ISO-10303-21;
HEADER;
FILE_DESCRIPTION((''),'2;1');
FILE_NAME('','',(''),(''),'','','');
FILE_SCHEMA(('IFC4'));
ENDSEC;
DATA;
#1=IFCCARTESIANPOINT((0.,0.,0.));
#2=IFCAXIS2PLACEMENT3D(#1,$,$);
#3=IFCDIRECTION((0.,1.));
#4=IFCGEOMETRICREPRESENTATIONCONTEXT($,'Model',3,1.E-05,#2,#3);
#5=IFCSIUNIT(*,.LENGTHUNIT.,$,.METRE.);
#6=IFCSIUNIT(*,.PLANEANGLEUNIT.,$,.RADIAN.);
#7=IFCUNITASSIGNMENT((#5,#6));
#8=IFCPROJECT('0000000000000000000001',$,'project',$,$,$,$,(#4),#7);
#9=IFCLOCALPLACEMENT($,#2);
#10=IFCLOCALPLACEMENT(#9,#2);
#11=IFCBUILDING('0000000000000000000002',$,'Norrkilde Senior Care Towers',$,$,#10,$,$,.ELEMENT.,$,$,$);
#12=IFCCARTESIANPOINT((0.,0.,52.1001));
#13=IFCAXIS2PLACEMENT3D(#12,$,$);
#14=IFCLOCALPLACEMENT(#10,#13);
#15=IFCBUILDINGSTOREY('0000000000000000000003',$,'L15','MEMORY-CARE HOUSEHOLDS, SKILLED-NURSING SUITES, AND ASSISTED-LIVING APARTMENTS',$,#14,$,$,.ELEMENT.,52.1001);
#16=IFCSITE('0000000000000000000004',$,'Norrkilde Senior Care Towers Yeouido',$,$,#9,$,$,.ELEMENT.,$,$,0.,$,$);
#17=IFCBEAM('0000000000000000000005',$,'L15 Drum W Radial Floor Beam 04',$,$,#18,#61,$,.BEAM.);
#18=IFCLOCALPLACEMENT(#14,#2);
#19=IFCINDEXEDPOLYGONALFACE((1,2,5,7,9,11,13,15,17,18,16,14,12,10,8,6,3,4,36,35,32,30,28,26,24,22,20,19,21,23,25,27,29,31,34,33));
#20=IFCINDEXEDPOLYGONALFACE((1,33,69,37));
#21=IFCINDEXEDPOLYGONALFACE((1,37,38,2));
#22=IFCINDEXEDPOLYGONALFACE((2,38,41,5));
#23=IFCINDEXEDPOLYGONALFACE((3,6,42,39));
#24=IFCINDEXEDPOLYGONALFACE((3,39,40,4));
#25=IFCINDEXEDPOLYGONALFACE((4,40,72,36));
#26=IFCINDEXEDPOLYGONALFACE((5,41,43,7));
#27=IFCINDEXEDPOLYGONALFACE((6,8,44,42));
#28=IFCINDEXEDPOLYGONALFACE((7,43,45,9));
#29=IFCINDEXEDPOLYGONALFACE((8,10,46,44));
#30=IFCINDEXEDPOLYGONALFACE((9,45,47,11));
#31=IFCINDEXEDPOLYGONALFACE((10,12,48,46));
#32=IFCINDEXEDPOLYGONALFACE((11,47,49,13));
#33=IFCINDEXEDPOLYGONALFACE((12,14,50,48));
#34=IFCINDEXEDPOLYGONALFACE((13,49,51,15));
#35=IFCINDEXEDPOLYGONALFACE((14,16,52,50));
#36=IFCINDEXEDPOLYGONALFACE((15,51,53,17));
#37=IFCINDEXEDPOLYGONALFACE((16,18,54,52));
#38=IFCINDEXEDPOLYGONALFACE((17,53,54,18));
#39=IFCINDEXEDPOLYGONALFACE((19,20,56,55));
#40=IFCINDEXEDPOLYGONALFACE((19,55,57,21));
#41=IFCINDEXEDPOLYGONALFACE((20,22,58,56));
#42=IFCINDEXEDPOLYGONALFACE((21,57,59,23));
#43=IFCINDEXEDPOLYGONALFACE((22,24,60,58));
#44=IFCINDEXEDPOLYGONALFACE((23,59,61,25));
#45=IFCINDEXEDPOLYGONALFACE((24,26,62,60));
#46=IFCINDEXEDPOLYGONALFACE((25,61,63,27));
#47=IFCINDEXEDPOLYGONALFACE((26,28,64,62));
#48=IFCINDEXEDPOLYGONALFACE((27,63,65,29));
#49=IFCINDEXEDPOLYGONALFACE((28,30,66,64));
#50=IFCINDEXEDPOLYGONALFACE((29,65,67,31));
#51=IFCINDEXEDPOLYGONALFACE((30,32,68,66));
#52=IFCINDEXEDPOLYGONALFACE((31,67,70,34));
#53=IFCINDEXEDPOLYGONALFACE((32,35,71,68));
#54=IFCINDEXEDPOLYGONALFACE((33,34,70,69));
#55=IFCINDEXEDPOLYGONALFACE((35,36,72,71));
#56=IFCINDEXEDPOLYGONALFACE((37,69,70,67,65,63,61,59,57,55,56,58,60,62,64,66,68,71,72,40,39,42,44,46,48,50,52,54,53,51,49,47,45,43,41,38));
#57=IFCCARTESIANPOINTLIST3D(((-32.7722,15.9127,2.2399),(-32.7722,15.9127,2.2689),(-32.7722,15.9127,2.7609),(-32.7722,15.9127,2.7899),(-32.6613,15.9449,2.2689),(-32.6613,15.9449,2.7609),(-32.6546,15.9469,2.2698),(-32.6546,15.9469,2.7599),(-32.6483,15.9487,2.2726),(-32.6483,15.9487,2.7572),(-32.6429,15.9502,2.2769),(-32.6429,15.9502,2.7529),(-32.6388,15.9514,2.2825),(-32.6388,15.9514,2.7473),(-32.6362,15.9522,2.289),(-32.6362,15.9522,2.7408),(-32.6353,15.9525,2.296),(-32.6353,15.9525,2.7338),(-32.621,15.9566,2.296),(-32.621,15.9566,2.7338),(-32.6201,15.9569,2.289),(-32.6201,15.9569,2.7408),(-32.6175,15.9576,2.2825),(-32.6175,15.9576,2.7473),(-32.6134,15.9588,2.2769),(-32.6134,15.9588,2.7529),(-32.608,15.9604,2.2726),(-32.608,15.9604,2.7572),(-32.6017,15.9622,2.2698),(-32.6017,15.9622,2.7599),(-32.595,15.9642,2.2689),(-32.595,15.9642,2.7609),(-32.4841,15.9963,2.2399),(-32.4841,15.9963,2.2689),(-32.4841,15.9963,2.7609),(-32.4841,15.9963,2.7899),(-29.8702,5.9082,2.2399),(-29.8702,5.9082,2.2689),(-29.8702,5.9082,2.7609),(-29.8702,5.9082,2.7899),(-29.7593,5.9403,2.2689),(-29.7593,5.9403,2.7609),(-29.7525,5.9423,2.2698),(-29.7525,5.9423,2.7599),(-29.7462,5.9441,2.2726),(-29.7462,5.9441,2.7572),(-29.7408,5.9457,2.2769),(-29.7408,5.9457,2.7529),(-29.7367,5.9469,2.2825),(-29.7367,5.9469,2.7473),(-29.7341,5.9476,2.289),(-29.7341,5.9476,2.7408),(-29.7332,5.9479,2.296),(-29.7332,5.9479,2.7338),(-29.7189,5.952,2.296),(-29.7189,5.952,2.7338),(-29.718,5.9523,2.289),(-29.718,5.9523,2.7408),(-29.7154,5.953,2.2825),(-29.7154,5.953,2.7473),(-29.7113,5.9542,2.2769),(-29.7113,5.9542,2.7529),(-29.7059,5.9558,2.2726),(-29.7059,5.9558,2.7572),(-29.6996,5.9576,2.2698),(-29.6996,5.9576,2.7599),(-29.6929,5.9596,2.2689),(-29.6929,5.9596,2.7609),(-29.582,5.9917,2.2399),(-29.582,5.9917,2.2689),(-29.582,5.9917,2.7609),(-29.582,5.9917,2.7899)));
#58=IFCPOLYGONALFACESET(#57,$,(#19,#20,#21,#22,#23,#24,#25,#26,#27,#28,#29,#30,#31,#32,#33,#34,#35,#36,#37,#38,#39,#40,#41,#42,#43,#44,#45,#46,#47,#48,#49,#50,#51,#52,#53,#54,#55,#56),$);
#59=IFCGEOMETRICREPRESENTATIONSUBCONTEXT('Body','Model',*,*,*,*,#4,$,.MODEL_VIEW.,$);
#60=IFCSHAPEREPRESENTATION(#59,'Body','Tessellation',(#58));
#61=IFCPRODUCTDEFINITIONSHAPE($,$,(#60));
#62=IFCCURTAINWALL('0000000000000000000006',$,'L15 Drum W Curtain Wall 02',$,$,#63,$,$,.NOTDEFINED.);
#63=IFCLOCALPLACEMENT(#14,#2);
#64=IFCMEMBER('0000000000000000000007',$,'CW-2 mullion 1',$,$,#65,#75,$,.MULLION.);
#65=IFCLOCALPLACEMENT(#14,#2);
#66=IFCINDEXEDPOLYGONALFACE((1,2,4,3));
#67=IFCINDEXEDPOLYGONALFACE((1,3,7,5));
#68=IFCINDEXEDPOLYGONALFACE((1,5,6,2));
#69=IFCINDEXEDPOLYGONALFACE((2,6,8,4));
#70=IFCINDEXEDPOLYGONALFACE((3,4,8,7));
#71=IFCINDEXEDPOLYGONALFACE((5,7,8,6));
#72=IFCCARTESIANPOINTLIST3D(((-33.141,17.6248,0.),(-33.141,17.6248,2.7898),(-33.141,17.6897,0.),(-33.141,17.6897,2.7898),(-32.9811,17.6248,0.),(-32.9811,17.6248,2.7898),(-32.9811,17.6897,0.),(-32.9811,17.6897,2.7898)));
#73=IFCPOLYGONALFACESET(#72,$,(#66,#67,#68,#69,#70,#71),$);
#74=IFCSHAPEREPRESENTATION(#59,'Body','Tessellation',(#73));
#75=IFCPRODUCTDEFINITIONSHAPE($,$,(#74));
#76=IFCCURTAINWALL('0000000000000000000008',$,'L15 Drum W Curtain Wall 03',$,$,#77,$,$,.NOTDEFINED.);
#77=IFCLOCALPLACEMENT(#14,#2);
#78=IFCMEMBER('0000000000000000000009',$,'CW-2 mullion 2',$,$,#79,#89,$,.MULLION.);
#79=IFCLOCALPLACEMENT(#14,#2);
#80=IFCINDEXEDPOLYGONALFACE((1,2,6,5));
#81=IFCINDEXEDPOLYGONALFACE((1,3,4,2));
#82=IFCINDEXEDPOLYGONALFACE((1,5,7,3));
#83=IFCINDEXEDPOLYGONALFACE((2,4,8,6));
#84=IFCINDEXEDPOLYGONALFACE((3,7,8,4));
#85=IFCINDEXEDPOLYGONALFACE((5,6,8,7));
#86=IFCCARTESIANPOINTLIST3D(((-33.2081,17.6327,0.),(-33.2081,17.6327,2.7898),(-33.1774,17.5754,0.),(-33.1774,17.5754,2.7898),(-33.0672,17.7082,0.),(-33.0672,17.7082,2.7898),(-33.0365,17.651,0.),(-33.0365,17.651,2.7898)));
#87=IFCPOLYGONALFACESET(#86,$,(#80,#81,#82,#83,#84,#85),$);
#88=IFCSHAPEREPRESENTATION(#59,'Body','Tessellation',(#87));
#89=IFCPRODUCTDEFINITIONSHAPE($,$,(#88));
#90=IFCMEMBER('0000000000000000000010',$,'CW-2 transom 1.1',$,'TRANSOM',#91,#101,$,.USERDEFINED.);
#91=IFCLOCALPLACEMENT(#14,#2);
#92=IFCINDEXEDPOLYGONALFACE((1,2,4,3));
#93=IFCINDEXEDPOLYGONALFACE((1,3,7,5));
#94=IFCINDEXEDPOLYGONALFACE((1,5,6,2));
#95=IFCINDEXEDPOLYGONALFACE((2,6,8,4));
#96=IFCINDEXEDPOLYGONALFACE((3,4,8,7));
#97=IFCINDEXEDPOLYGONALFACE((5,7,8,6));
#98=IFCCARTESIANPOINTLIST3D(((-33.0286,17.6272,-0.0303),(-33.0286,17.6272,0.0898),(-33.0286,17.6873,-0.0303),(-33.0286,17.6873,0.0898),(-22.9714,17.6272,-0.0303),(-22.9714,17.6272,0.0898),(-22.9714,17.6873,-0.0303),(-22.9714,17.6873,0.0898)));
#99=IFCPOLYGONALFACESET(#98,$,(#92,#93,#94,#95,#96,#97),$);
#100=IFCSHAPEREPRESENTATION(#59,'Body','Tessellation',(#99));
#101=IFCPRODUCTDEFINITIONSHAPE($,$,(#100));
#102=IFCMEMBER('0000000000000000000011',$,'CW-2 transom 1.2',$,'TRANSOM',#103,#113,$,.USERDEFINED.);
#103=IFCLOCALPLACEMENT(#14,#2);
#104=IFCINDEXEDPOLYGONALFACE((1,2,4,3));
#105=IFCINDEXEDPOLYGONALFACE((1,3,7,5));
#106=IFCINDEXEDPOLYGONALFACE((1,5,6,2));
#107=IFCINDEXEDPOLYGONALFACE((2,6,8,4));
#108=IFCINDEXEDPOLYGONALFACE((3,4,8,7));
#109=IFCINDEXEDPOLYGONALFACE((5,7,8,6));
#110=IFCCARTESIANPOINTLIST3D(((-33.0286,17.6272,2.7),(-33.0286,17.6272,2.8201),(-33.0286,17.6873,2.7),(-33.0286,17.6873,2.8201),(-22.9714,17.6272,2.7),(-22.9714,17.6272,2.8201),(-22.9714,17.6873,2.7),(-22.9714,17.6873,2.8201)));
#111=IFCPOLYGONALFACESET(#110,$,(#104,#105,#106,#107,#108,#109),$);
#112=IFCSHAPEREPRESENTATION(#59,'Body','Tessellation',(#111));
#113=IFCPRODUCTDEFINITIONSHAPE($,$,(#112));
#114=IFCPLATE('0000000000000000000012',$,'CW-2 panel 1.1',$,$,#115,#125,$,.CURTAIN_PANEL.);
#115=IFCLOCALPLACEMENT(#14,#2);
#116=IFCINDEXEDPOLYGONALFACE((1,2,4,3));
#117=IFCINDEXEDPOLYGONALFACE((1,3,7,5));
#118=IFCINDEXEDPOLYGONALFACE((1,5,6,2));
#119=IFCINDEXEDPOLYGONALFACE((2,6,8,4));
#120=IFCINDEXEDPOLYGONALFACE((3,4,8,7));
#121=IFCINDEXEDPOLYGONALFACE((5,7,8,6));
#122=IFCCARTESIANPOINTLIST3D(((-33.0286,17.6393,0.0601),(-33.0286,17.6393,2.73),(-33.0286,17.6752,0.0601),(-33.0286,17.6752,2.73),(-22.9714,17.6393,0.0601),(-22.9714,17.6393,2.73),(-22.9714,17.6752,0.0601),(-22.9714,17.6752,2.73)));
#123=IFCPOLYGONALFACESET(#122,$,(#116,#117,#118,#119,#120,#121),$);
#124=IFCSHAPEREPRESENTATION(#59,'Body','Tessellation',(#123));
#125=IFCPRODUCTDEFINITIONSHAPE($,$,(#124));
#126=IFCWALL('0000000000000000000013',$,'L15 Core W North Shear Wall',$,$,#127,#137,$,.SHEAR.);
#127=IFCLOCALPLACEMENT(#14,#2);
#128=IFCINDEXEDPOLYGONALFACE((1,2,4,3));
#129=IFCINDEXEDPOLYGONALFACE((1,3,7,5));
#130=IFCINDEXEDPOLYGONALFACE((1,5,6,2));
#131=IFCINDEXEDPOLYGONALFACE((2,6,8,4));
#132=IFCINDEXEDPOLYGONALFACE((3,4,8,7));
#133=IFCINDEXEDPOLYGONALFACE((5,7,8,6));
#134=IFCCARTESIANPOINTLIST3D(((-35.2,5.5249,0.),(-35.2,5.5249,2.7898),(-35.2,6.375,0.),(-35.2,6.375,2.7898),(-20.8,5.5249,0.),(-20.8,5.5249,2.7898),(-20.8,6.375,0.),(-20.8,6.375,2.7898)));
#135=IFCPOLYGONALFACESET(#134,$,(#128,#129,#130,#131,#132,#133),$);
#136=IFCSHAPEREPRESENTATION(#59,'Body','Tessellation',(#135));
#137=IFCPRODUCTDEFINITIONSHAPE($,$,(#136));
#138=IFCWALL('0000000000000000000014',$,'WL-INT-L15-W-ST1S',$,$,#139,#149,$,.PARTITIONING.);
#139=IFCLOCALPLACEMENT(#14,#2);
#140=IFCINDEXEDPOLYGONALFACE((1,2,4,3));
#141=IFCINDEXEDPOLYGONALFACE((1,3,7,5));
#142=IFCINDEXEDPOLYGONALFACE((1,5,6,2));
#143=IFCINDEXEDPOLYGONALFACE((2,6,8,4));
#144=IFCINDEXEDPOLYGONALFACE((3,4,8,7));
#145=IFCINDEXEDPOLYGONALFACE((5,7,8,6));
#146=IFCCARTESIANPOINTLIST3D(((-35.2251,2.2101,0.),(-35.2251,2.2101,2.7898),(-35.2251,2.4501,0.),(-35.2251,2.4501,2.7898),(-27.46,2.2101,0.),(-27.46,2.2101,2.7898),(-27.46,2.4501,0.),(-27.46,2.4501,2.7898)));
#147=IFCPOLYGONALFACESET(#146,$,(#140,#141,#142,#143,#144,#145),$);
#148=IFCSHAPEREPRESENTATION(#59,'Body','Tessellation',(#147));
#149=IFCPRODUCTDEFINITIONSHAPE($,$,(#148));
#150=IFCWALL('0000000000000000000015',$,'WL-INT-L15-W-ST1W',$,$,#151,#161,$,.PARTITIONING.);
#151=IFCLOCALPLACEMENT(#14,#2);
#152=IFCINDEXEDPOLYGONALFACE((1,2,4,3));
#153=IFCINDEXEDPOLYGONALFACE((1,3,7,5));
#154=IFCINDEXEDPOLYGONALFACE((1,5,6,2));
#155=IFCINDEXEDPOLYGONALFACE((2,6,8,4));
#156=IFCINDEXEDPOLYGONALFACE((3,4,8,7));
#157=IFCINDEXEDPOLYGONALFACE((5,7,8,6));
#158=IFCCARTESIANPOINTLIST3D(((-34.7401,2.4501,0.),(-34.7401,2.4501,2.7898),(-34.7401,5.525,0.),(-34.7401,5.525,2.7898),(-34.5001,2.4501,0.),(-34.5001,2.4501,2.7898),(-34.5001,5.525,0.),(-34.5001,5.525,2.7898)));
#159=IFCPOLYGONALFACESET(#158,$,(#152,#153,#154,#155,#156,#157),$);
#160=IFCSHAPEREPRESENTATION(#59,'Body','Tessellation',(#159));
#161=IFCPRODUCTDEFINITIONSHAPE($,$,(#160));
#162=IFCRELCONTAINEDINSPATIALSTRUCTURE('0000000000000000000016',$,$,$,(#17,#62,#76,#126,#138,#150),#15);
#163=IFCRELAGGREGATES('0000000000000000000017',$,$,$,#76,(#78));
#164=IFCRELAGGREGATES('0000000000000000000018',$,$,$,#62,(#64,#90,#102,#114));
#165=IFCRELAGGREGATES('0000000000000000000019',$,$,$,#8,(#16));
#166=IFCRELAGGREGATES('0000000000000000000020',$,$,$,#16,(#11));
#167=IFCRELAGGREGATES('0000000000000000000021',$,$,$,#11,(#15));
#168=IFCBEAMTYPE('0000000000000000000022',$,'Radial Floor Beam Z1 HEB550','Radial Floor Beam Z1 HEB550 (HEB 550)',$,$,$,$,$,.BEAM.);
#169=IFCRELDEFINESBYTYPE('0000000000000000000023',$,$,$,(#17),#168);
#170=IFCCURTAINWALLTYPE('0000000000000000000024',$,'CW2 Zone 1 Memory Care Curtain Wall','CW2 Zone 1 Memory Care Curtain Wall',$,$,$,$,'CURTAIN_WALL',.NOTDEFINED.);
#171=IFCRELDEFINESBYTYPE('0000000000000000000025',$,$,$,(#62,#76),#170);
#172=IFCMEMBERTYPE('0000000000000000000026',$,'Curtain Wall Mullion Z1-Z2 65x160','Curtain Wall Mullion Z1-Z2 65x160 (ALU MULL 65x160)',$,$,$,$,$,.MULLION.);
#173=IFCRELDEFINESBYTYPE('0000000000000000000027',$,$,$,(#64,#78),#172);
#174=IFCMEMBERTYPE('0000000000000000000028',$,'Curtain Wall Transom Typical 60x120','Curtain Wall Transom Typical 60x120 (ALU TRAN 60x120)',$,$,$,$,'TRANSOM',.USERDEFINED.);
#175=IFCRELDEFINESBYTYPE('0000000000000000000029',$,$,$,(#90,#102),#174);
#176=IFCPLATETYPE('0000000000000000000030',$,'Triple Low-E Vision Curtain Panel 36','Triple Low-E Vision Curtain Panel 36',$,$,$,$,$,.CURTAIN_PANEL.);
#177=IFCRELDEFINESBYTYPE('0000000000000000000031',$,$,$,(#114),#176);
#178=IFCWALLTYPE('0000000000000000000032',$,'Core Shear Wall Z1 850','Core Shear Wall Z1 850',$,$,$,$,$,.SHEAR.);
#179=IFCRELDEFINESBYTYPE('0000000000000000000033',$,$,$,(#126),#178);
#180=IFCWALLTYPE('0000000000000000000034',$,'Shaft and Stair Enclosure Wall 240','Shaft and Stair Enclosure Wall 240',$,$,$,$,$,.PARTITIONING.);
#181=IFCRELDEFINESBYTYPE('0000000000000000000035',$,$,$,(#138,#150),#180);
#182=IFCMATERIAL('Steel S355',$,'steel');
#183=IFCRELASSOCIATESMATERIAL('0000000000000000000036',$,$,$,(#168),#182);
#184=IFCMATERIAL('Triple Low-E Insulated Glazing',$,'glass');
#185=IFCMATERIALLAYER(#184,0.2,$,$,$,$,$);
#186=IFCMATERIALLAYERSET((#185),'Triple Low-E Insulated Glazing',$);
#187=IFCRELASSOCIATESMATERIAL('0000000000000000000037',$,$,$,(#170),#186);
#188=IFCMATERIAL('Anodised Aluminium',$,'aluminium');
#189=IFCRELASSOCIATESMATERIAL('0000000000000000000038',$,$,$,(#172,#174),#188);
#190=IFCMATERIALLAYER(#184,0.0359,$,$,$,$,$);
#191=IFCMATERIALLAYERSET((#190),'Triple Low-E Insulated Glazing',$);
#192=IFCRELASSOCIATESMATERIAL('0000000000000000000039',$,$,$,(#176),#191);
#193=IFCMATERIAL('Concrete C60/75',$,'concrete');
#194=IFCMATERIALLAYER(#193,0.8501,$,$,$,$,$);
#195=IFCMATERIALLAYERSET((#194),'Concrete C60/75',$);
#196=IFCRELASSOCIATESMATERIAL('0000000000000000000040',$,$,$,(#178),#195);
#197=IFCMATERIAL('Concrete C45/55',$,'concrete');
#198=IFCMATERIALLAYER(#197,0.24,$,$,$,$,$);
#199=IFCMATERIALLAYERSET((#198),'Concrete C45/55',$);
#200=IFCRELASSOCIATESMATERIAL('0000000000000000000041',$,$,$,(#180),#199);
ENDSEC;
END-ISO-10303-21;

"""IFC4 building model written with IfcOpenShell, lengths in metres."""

from ifc_helpers import new_model, si_unit, direction, frame, frame_2d, origin, origin_2d, place, context, subcontext, project, spatial, rectangle, i_section, extrude, source, transform, mapped, material, layer, layer_set, material_profile, profile_set, type_object, type_shapes, element, aggregate, save


model = new_model("IFC4")

# Units and contexts
model_context = context("Model", 3, precision=1e-05, world=origin(), true_north=direction((0.0, 1.0)))
body_context = subcontext(model_context, "Body", "Model", "MODEL_VIEW")
ifc_project = project(units=[si_unit("LENGTHUNIT", "METRE"), si_unit("PLANEANGLEUNIT", "RADIAN")], contexts=[model_context])

# Site, building, storey
site_placement = place(None, origin())
site = spatial("IfcSite", under=ifc_project, at=site_placement, Name="Norrkilde Senior Care Towers Yeouido", CompositionType="ELEMENT", RefElevation=0.0)
building_placement = place(site_placement, origin())
building = spatial("IfcBuilding", under=site, at=building_placement, Name="Norrkilde Senior Care Towers", CompositionType="ELEMENT")
storey_placement = place(building_placement, frame((0.0, 0.0, 52.1001)))
storey = spatial("IfcBuildingStorey", under=building, at=storey_placement, Name="L15", Description="MEMORY-CARE HOUSEHOLDS, SKILLED-NURSING SUITES, AND ASSISTED-LIVING APARTMENTS", CompositionType="ELEMENT", Elevation=52.1001)

# Shared definitions
ifc_material_1 = material(Name="Concrete C60/75", Category="concrete")

# Beam
ifc_material_2 = material(Name="Steel S355", Category="steel")
ifc_material_profile_1 = material_profile(ifc_material_2, i_section(OverallWidth=0.3, OverallDepth=0.55, WebThickness=0.0149, FlangeThickness=0.0291, FilletRadius=0.0271, at=origin_2d()), Name="HEB 550")
ifc_profile_set_1 = profile_set([ifc_material_profile_1], Name="Steel S355")
beam_type_1 = type_object("IfcBeamType", Name="Radial Floor Beam Z1 HEB550", Description="Radial Floor Beam Z1 HEB550 (HEB 550)", PredefinedType="BEAM", material=ifc_profile_set_1)
shared_shape_1 = source(origin(), body_context, "Body", "SweptSolid", [
    extrude(i_section(OverallWidth=0.3, OverallDepth=0.55, WebThickness=0.0149, FlangeThickness=0.0291, FilletRadius=0.0271, at=origin_2d()), origin(), (0.0, 0.0, 1.0), 10.417),
])
beam_1_placement = place(storey_placement, frame((-29.7261, 5.95, 2.5149), z_axis=(-0.278591, 0.96041, 0.0), x_axis=(-0.96041, -0.278591, 0.0)))
element("IfcBeam", 1, at=beam_1_placement, inside=storey, type_object=beam_type_1, Name="L15 Drum W Radial Floor Beam 04", PredefinedType="BEAM", context=body_context, shape_type="MappedRepresentation", body=[
    mapped(shared_shape_1, transform((0.0, 0.0, 0.0), x_axis=(1.0, 0.0, 0.0), y_axis=(0.0, 1.0, 0.0), z_axis=(0.0, 0.0, 1.0), scale=1.0)),
])

# Curtain walls, members
ifc_material_3 = material(Name="Triple Low-E Insulated Glazing", Category="glass")
ifc_layer_1 = layer(ifc_material_3, 0.2)
ifc_layer_set_1 = layer_set([ifc_layer_1], Name="Triple Low-E Insulated Glazing")
curtain_wall_type = type_object("IfcCurtainWallType", Name="CW2 Zone 1 Memory Care Curtain Wall", Description="CW2 Zone 1 Memory Care Curtain Wall", ElementType="CURTAIN_WALL", PredefinedType="NOTDEFINED", material=ifc_layer_set_1)
curtain_wall_1_placement = place(storey_placement, origin())
curtain_wall_1 = element("IfcCurtainWall", 2, at=curtain_wall_1_placement, inside=storey, type_object=curtain_wall_type, Name="L15 Drum W Curtain Wall 02", PredefinedType="NOTDEFINED")
ifc_material_4 = material(Name="Anodised Aluminium", Category="aluminium")
ifc_material_profile_2 = material_profile(ifc_material_4, rectangle(XDim=0.0649, YDim=0.1599, at=origin_2d()), Name="ALU MULL 65x160")
ifc_profile_set_2 = profile_set([ifc_material_profile_2], Name="Anodised Aluminium")
member_type_1 = type_object("IfcMemberType", Name="Curtain Wall Mullion Z1-Z2 65x160", Description="Curtain Wall Mullion Z1-Z2 65x160 (ALU MULL 65x160)", PredefinedType="MULLION", material=ifc_profile_set_2)
shared_shape_2 = source(origin(), body_context, "Body", "SweptSolid", [
    extrude(rectangle(XDim=0.0649, YDim=0.1599, at=origin_2d()), origin(), (0.0, 0.0, 1.0), 2.7898),
])
type_shapes(member_type_1, [shared_shape_2])
member_1_placement = place(storey_placement, frame((-33.061, 17.6572, 0.0), z_axis=(0.0, 0.0, 1.0), x_axis=(0.0, 1.0, 0.0)))
member_1 = element("IfcMember", 3, at=member_1_placement, type_object=member_type_1, Name="CW-2 mullion 1", PredefinedType="MULLION", context=body_context, shape_type="MappedRepresentation", body=[
    mapped(shared_shape_2, transform((0.0, 0.0, 0.0), x_axis=(1.0, 0.0, 0.0), y_axis=(0.0, 1.0, 0.0), z_axis=(0.0, 0.0, 1.0), scale=1.0)),
])
curtain_wall_2_placement = place(storey_placement, origin())
curtain_wall_2 = element("IfcCurtainWall", 4, at=curtain_wall_2_placement, inside=storey, type_object=curtain_wall_type, Name="L15 Drum W Curtain Wall 03", PredefinedType="NOTDEFINED")
member_2_placement = place(storey_placement, frame((-33.1223, 17.6418, 0.0), z_axis=(0.0, 0.0, 1.0), x_axis=(-0.472608, 0.881273, 0.0)))
member_2 = element("IfcMember", 5, at=member_2_placement, type_object=member_type_1, Name="CW-2 mullion 2", PredefinedType="MULLION", context=body_context, shape_type="MappedRepresentation", body=[
    mapped(shared_shape_2, transform((0.0, 0.0, 0.0), x_axis=(1.0, 0.0, 0.0), y_axis=(0.0, 1.0, 0.0), z_axis=(0.0, 0.0, 1.0), scale=1.0)),
])
aggregate(curtain_wall_2, [member_2])

# Members
ifc_material_profile_3 = material_profile(ifc_material_4, rectangle(XDim=0.0601, YDim=0.1201, at=origin_2d()), Name="ALU TRAN 60x120")
ifc_profile_set_3 = profile_set([ifc_material_profile_3], Name="Anodised Aluminium")
member_type_2 = type_object("IfcMemberType", Name="Curtain Wall Transom Typical 60x120", Description="Curtain Wall Transom Typical 60x120 (ALU TRAN 60x120)", ElementType="TRANSOM", PredefinedType="USERDEFINED", material=ifc_profile_set_3)
shared_shape_3 = source(origin(), body_context, "Body", "SweptSolid", [
    extrude(rectangle(XDim=0.0601, YDim=0.1201, at=origin_2d()), origin(), (0.0, 0.0, 1.0), 10.0571),
])
type_shapes(member_type_2, [shared_shape_3])
member_3_placement = place(storey_placement, frame((-33.0286, 17.6572, 0.0298), z_axis=(1.0, 0.0, 0.0), x_axis=(0.0, 1.0, 0.0)))
member_3 = element("IfcMember", 6, at=member_3_placement, type_object=member_type_2, Name="CW-2 transom 1.1", ObjectType="TRANSOM", PredefinedType="USERDEFINED", context=body_context, shape_type="MappedRepresentation", body=[
    mapped(shared_shape_3, transform((0.0, 0.0, 0.0), x_axis=(1.0, 0.0, 0.0), y_axis=(0.0, 1.0, 0.0), z_axis=(0.0, 0.0, 1.0), scale=1.0)),
])
member_4_placement = place(storey_placement, frame((-33.0286, 17.6572, 2.76), z_axis=(1.0, 0.0, 0.0), x_axis=(0.0, 1.0, 0.0)))
member_4 = element("IfcMember", 7, at=member_4_placement, type_object=member_type_2, Name="CW-2 transom 1.2", ObjectType="TRANSOM", PredefinedType="USERDEFINED", context=body_context, shape_type="MappedRepresentation", body=[
    mapped(shared_shape_3, transform((0.0, 0.0, 0.0), x_axis=(1.0, 0.0, 0.0), y_axis=(0.0, 1.0, 0.0), z_axis=(0.0, 0.0, 1.0), scale=1.0)),
])

# Plate
ifc_layer_2 = layer(ifc_material_3, 0.0359)
ifc_layer_set_2 = layer_set([ifc_layer_2], Name="Triple Low-E Insulated Glazing")
plate_type = type_object("IfcPlateType", Name="Triple Low-E Vision Curtain Panel 36", Description="Triple Low-E Vision Curtain Panel 36", PredefinedType="CURTAIN_PANEL", material=ifc_layer_set_2)
shared_shape_4 = source(origin(), body_context, "Body", "SweptSolid", [
    extrude(rectangle(XDim=10.0571, YDim=0.0359, at=origin_2d()), origin(), (0.0, 0.0, 1.0), 2.6699),
])
type_shapes(plate_type, [shared_shape_4])
plate_placement = place(storey_placement, frame((-28.0, 17.6572, 0.0601), z_axis=(0.0, 0.0, 1.0), x_axis=(1.0, 0.0, 0.0)))
plate = element("IfcPlate", 8, at=plate_placement, type_object=plate_type, Name="CW-2 panel 1.1", PredefinedType="CURTAIN_PANEL", context=body_context, shape_type="MappedRepresentation", body=[
    mapped(shared_shape_4, transform((0.0, 0.0, 0.0), x_axis=(1.0, 0.0, 0.0), y_axis=(0.0, 1.0, 0.0), z_axis=(0.0, 0.0, 1.0), scale=1.0)),
])
aggregate(curtain_wall_1, [member_1, member_3, member_4, plate])

# Walls
ifc_layer_3 = layer(ifc_material_1, 0.8501)
ifc_layer_set_3 = layer_set([ifc_layer_3], Name="Concrete C60/75")
wall_type_1 = type_object("IfcWallType", Name="Core Shear Wall Z1 850", Description="Core Shear Wall Z1 850", PredefinedType="SHEAR", material=ifc_layer_set_3)
shared_shape_5 = source(origin(), body_context, "Body", "SweptSolid", [
    extrude(rectangle(XDim=14.3999, YDim=0.8501, at=frame_2d((7.2, 0.0))), origin(), (0.0, 0.0, 1.0), 2.7898),
])
type_shapes(wall_type_1, [shared_shape_5])
wall_1_placement = place(storey_placement, frame((-35.2, 5.95, 0.0), z_axis=(0.0, 0.0, 1.0), x_axis=(1.0, 0.0, 0.0)))
element("IfcWall", 9, at=wall_1_placement, inside=storey, type_object=wall_type_1, Name="L15 Core W North Shear Wall", PredefinedType="SHEAR", context=body_context, shape_type="MappedRepresentation", body=[
    mapped(shared_shape_5, transform((0.0, 0.0, 0.0), x_axis=(1.0, 0.0, 0.0), y_axis=(0.0, 1.0, 0.0), z_axis=(0.0, 0.0, 1.0), scale=1.0)),
])
ifc_material_5 = material(Name="Concrete C45/55", Category="concrete")
ifc_layer_4 = layer(ifc_material_5, 0.24)
ifc_layer_set_4 = layer_set([ifc_layer_4], Name="Concrete C45/55")
wall_type_2 = type_object("IfcWallType", Name="Shaft and Stair Enclosure Wall 240", Description="Shaft and Stair Enclosure Wall 240", PredefinedType="PARTITIONING", material=ifc_layer_set_4)
shared_shape_6 = source(origin(), body_context, "Body", "SweptSolid", [
    extrude(rectangle(XDim=7.7651, YDim=0.24, at=frame_2d((3.8826, 0.0))), origin(), (0.0, 0.0, 1.0), 2.7898),
])
wall_2_placement = place(storey_placement, frame((-35.2251, 2.3301, 0.0), z_axis=(0.0, 0.0, 1.0), x_axis=(1.0, 0.0, 0.0)))
element("IfcWall", 10, at=wall_2_placement, inside=storey, type_object=wall_type_2, Name="WL-INT-L15-W-ST1S", PredefinedType="PARTITIONING", context=body_context, shape_type="MappedRepresentation", body=[
    mapped(shared_shape_6, transform((0.0, 0.0, 0.0), x_axis=(1.0, 0.0, 0.0), y_axis=(0.0, 1.0, 0.0), z_axis=(0.0, 0.0, 1.0), scale=1.0)),
])
shared_shape_7 = source(origin(), body_context, "Body", "SweptSolid", [
    extrude(rectangle(XDim=3.075, YDim=0.24, at=frame_2d((1.5376, 0.0))), origin(), (0.0, 0.0, 1.0), 2.7898),
])
type_shapes(wall_type_2, [shared_shape_6, shared_shape_7])
wall_3_placement = place(storey_placement, frame((-34.6201, 2.45, 0.0), z_axis=(0.0, 0.0, 1.0), x_axis=(0.0, 1.0, 0.0)))
element("IfcWall", 11, at=wall_3_placement, inside=storey, type_object=wall_type_2, Name="WL-INT-L15-W-ST1W", PredefinedType="PARTITIONING", context=body_context, shape_type="MappedRepresentation", body=[
    mapped(shared_shape_7, transform((0.0, 0.0, 0.0), x_axis=(1.0, 0.0, 0.0), y_axis=(0.0, 1.0, 0.0), z_axis=(0.0, 0.0, 1.0), scale=1.0)),
])

save(model, "model.ifc")
